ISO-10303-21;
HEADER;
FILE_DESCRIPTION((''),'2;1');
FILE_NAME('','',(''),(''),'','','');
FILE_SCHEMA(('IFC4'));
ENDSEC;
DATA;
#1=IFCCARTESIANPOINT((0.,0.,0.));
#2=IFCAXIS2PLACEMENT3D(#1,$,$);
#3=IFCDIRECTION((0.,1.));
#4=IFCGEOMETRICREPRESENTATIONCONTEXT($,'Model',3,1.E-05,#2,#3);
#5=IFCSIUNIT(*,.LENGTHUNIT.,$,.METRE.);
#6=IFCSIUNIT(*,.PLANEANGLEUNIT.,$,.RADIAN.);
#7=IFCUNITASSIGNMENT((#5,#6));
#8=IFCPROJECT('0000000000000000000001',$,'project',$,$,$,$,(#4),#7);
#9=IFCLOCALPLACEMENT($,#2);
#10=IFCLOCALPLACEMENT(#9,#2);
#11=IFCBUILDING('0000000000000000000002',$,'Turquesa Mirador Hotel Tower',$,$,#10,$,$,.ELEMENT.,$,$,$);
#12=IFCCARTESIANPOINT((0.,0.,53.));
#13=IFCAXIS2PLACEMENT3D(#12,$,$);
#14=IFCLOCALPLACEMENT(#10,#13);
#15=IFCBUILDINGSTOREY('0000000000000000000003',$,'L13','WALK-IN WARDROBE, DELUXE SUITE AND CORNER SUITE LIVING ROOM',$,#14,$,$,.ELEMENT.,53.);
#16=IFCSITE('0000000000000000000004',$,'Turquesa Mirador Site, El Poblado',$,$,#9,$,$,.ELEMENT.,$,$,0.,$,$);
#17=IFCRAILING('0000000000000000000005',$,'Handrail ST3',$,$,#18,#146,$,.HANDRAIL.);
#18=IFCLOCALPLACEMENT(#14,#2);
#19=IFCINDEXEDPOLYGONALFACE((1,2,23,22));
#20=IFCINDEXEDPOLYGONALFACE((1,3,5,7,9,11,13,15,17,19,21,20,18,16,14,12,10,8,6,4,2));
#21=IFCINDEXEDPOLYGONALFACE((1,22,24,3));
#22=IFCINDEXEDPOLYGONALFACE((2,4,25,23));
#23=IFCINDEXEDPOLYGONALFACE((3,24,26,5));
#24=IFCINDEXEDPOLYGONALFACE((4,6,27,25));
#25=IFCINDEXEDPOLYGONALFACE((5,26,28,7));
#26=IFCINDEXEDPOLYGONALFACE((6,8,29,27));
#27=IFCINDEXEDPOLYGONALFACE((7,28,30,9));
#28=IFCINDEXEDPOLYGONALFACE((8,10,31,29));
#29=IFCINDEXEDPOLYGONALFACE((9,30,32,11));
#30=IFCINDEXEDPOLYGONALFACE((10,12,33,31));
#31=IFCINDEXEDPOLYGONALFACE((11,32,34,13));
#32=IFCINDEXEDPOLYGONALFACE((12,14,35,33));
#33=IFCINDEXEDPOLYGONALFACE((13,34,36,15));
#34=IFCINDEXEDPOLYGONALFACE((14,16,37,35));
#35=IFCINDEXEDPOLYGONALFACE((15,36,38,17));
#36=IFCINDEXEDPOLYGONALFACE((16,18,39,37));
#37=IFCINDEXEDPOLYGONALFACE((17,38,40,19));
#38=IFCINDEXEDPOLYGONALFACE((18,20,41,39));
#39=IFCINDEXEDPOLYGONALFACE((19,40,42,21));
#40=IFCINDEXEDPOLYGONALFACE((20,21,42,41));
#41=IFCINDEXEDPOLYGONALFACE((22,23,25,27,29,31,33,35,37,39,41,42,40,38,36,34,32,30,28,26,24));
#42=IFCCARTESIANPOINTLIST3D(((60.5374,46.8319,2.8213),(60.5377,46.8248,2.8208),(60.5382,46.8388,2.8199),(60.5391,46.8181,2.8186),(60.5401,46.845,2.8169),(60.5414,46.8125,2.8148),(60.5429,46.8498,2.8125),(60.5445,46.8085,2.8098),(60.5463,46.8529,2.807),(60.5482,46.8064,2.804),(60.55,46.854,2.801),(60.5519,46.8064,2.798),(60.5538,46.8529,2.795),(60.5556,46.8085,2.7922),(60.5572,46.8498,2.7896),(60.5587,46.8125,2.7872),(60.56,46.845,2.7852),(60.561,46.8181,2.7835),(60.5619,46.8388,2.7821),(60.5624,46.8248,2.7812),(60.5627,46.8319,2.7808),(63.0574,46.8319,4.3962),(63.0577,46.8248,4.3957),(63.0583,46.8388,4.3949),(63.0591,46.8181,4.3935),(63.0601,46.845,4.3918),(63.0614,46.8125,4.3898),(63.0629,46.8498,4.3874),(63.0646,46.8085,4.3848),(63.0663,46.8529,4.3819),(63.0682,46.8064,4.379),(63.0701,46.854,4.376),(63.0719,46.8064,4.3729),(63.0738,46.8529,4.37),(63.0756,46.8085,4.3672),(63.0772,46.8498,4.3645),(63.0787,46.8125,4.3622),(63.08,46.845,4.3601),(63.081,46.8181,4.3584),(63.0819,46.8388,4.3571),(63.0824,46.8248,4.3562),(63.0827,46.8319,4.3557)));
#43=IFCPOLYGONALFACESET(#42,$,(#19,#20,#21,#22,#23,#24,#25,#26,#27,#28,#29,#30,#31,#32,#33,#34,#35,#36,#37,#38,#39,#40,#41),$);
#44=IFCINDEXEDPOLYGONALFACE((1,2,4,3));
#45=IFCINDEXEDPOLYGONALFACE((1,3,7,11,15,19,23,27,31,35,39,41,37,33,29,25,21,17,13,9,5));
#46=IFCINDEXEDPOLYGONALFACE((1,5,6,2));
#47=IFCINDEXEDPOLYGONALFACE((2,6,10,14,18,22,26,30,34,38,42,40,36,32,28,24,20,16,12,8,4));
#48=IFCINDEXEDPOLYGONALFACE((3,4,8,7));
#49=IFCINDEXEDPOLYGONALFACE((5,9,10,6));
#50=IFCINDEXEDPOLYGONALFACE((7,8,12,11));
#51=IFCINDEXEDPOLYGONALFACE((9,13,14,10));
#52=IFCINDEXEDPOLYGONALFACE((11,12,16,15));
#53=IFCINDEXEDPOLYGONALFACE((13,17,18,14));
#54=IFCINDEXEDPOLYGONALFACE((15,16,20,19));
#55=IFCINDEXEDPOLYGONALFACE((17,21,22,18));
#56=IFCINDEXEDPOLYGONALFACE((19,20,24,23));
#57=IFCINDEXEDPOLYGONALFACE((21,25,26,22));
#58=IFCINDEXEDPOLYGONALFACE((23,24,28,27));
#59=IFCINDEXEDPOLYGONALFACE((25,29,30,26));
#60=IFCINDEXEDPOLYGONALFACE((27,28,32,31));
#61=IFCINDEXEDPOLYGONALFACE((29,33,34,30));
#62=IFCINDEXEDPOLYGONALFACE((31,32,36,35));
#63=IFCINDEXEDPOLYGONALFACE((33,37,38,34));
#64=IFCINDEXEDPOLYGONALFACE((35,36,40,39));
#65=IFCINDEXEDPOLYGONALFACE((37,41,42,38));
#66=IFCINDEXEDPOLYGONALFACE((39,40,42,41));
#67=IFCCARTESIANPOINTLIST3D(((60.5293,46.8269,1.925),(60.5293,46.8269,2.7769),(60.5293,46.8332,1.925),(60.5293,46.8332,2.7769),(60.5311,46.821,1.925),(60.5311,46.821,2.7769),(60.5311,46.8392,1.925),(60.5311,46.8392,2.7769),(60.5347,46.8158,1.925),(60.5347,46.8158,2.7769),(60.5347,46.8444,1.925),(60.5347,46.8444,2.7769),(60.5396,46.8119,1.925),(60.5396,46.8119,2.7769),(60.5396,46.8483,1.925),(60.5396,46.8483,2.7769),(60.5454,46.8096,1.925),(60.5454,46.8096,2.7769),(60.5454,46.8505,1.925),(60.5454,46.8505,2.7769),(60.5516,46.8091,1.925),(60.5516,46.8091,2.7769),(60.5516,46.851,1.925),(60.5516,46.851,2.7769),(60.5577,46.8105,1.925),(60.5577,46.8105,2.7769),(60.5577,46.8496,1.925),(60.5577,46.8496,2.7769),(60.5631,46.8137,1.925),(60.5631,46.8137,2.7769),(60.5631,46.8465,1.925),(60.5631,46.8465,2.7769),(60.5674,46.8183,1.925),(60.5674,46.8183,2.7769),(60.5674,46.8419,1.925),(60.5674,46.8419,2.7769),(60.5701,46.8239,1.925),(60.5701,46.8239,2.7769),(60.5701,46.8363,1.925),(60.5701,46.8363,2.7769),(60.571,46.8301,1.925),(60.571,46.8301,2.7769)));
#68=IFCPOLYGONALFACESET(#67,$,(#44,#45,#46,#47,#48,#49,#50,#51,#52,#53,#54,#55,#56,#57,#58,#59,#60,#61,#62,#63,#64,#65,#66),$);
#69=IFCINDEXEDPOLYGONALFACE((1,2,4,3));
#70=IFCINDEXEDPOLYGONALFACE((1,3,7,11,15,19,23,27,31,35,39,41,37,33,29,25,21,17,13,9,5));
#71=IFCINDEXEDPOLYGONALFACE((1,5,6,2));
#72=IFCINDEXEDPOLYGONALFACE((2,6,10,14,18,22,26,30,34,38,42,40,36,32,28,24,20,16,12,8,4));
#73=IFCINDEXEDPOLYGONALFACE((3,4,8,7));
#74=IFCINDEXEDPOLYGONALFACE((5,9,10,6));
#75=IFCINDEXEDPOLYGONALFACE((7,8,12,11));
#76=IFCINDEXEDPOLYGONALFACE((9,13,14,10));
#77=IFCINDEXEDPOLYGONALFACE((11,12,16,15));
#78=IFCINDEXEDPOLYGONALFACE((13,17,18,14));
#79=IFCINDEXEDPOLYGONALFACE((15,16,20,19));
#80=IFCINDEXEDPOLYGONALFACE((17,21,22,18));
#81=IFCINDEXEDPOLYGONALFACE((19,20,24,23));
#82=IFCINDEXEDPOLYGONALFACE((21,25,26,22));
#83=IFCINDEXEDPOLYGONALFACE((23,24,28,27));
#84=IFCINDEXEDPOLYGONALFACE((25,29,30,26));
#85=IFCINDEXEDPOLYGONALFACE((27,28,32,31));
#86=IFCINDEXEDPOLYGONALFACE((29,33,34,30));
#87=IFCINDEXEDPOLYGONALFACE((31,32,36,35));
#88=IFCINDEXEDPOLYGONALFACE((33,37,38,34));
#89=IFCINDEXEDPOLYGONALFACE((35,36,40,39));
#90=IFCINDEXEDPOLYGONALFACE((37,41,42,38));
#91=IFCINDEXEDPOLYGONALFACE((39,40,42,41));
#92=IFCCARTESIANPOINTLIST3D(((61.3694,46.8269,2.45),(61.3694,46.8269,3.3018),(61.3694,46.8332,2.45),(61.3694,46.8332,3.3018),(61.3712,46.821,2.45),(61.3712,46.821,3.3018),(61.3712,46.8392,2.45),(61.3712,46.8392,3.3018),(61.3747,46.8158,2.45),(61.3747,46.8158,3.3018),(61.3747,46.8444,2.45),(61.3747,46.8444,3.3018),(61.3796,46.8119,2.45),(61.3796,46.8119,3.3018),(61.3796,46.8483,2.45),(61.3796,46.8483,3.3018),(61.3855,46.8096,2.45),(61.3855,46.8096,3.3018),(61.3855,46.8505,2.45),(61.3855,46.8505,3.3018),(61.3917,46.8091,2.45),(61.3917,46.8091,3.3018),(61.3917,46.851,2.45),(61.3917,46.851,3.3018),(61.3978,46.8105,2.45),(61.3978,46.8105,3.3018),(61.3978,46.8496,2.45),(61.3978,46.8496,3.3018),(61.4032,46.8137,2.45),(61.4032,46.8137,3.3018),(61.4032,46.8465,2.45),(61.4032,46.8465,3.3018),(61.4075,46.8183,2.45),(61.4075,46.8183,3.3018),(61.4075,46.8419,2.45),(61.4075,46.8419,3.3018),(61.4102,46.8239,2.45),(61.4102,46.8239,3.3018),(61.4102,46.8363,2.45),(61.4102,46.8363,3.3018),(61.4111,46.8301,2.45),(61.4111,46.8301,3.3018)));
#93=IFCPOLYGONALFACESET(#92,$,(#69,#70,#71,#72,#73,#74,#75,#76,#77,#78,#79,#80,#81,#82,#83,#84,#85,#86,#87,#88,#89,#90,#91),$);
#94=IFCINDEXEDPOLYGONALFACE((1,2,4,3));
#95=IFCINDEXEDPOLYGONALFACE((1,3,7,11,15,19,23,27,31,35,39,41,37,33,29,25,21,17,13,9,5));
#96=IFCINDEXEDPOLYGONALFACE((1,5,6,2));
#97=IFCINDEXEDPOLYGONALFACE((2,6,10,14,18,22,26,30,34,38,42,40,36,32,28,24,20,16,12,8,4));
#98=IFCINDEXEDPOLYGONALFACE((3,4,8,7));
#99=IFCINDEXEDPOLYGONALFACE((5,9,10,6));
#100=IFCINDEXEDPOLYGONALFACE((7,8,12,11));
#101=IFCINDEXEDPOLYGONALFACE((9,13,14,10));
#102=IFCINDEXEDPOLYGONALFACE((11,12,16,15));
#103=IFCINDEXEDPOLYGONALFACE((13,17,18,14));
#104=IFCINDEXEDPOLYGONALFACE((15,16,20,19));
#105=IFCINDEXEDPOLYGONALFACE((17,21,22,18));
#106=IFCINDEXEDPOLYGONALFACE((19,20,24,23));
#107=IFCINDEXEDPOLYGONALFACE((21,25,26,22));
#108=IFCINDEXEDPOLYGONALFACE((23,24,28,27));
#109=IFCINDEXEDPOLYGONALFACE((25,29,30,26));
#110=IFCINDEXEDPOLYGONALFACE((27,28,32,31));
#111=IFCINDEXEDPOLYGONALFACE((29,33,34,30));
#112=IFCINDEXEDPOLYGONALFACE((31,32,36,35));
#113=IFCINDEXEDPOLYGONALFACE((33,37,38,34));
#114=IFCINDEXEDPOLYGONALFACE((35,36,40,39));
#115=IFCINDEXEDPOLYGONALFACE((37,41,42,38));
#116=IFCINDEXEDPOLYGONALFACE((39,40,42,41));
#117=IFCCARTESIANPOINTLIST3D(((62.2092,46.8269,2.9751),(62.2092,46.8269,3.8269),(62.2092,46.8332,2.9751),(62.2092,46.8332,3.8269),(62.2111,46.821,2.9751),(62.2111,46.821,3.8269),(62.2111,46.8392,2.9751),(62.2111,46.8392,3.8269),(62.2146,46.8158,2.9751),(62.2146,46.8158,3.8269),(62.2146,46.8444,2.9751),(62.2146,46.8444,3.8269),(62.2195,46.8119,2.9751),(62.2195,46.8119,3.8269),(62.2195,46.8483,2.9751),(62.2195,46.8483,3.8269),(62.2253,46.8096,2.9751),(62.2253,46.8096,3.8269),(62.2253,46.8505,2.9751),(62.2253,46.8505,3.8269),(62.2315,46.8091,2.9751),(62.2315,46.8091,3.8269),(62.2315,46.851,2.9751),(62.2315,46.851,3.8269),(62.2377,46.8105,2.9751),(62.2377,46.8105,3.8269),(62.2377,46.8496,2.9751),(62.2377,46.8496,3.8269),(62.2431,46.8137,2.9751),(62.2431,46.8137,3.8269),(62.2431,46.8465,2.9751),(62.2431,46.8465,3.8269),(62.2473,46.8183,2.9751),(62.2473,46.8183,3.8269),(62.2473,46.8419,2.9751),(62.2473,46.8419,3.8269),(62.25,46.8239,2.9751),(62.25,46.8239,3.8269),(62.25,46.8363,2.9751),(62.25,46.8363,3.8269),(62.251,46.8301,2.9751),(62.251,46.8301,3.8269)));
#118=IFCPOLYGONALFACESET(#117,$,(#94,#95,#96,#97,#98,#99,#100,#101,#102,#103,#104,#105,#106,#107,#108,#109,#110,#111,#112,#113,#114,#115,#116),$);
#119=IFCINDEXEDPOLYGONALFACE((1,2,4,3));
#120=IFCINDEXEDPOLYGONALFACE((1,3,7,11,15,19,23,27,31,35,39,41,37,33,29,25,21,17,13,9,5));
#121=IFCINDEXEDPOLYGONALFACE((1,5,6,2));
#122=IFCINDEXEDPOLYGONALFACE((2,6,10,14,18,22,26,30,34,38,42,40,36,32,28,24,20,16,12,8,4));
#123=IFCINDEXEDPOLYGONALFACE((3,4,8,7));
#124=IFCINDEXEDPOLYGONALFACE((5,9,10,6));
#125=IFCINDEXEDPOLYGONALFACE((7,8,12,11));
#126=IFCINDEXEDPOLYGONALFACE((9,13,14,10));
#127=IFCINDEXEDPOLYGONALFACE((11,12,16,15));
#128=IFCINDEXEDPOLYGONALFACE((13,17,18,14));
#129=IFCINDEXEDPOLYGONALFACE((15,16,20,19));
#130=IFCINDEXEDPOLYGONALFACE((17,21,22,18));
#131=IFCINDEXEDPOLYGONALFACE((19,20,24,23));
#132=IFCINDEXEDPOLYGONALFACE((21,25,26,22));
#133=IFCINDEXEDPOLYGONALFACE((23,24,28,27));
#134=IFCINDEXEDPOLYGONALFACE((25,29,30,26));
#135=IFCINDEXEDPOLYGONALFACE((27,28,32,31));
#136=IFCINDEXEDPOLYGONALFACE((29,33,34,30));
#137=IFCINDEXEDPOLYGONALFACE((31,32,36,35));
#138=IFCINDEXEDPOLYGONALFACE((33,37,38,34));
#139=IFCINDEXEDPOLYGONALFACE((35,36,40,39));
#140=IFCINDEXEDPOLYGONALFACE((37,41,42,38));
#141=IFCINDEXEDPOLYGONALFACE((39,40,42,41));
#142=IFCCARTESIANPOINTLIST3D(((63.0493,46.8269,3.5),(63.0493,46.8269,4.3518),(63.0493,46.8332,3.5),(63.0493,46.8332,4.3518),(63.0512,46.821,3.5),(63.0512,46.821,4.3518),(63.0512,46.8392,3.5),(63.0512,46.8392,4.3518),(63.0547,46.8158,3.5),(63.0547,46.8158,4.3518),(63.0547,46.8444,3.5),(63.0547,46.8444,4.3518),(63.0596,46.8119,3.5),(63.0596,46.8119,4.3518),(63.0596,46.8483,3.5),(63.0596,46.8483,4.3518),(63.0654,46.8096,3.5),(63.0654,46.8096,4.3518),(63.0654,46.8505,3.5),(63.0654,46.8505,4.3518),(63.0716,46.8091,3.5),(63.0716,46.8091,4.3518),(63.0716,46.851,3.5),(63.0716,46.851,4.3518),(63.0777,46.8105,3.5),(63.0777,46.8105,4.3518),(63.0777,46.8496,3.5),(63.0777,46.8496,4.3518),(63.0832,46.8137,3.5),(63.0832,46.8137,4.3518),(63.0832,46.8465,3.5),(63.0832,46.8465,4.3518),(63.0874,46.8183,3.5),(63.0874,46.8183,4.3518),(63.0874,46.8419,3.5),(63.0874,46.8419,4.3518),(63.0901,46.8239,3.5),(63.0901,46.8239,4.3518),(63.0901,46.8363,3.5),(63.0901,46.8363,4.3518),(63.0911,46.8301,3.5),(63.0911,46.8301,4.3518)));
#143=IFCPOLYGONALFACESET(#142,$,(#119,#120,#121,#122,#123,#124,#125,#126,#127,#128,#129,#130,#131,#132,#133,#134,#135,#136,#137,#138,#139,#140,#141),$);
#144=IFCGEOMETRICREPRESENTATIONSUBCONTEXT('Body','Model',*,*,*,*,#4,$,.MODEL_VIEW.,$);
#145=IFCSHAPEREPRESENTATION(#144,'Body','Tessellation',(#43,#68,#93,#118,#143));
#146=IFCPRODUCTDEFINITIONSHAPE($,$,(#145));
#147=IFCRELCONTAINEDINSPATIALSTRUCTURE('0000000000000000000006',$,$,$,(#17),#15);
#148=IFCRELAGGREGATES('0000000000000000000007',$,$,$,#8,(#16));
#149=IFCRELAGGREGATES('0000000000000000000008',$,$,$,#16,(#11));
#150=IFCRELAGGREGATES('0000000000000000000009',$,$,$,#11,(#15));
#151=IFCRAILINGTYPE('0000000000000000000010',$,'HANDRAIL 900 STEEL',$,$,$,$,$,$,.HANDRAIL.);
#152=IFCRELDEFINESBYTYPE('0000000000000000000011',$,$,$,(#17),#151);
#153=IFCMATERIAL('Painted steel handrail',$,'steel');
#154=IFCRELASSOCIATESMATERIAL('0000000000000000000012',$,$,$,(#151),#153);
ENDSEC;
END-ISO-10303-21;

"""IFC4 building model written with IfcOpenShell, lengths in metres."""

from ifc_helpers import new_model, si_unit, direction, frame, origin, origin_2d, place, context, subcontext, project, spatial, circle, extrude, material, type_object, element, save


model = new_model("IFC4")

# Units and contexts
model_context = context("Model", 3, precision=1e-05, world=origin(), true_north=direction((0.0, 1.0)))
body_context = subcontext(model_context, "Body", "Model", "MODEL_VIEW")
ifc_project = project(units=[si_unit("LENGTHUNIT", "METRE"), si_unit("PLANEANGLEUNIT", "RADIAN")], contexts=[model_context])

# Site, building, storey
site_placement = place(None, origin())
site = spatial("IfcSite", under=ifc_project, at=site_placement, Name="Turquesa Mirador Site, El Poblado", CompositionType="ELEMENT", RefElevation=0.0)
building_placement = place(site_placement, origin())
building = spatial("IfcBuilding", under=site, at=building_placement, Name="Turquesa Mirador Hotel Tower", CompositionType="ELEMENT")
storey_placement = place(building_placement, frame((0.0, 0.0, 53.0)))
storey = spatial("IfcBuildingStorey", under=building, at=storey_placement, Name="L13", Description="WALK-IN WARDROBE, DELUXE SUITE AND CORNER SUITE LIVING ROOM", CompositionType="ELEMENT", Elevation=53.0)

# Railing
ifc_material_1 = material(Name="Painted steel handrail", Category="steel")
railing_type = type_object("IfcRailingType", Name="HANDRAIL 900 STEEL", PredefinedType="HANDRAIL", material=ifc_material_1)
railing_1_placement = place(storey_placement, frame((60.55, 46.8301, 1.925)))
element("IfcRailing", 1, at=railing_1_placement, inside=storey, type_object=railing_type, Name="Handrail ST3", PredefinedType="HANDRAIL", context=body_context, shape_type="SweptSolid", body=[
    extrude(circle(Radius=0.0239, at=origin_2d()), frame((0.0, 0.0, 0.876), z_axis=(0.848008, 0.0, 0.529984), x_axis=(0.0, 1.0, 0.0)), (0.0, 0.0, 1.0), 2.9717),
    extrude(circle(Radius=0.021, at=origin_2d()), origin(), (0.0, 0.0, 1.0), 0.8518),
    extrude(circle(Radius=0.021, at=origin_2d()), frame((0.8401, 0.0, 0.5249)), (0.0, 0.0, 1.0), 0.8518),
    extrude(circle(Radius=0.021, at=origin_2d()), frame((1.6799, 0.0, 1.05)), (0.0, 0.0, 1.0), 0.8518),
    extrude(circle(Radius=0.021, at=origin_2d()), frame((2.52, 0.0, 1.575)), (0.0, 0.0, 1.0), 0.8518),
])

save(model, "model.ifc")
